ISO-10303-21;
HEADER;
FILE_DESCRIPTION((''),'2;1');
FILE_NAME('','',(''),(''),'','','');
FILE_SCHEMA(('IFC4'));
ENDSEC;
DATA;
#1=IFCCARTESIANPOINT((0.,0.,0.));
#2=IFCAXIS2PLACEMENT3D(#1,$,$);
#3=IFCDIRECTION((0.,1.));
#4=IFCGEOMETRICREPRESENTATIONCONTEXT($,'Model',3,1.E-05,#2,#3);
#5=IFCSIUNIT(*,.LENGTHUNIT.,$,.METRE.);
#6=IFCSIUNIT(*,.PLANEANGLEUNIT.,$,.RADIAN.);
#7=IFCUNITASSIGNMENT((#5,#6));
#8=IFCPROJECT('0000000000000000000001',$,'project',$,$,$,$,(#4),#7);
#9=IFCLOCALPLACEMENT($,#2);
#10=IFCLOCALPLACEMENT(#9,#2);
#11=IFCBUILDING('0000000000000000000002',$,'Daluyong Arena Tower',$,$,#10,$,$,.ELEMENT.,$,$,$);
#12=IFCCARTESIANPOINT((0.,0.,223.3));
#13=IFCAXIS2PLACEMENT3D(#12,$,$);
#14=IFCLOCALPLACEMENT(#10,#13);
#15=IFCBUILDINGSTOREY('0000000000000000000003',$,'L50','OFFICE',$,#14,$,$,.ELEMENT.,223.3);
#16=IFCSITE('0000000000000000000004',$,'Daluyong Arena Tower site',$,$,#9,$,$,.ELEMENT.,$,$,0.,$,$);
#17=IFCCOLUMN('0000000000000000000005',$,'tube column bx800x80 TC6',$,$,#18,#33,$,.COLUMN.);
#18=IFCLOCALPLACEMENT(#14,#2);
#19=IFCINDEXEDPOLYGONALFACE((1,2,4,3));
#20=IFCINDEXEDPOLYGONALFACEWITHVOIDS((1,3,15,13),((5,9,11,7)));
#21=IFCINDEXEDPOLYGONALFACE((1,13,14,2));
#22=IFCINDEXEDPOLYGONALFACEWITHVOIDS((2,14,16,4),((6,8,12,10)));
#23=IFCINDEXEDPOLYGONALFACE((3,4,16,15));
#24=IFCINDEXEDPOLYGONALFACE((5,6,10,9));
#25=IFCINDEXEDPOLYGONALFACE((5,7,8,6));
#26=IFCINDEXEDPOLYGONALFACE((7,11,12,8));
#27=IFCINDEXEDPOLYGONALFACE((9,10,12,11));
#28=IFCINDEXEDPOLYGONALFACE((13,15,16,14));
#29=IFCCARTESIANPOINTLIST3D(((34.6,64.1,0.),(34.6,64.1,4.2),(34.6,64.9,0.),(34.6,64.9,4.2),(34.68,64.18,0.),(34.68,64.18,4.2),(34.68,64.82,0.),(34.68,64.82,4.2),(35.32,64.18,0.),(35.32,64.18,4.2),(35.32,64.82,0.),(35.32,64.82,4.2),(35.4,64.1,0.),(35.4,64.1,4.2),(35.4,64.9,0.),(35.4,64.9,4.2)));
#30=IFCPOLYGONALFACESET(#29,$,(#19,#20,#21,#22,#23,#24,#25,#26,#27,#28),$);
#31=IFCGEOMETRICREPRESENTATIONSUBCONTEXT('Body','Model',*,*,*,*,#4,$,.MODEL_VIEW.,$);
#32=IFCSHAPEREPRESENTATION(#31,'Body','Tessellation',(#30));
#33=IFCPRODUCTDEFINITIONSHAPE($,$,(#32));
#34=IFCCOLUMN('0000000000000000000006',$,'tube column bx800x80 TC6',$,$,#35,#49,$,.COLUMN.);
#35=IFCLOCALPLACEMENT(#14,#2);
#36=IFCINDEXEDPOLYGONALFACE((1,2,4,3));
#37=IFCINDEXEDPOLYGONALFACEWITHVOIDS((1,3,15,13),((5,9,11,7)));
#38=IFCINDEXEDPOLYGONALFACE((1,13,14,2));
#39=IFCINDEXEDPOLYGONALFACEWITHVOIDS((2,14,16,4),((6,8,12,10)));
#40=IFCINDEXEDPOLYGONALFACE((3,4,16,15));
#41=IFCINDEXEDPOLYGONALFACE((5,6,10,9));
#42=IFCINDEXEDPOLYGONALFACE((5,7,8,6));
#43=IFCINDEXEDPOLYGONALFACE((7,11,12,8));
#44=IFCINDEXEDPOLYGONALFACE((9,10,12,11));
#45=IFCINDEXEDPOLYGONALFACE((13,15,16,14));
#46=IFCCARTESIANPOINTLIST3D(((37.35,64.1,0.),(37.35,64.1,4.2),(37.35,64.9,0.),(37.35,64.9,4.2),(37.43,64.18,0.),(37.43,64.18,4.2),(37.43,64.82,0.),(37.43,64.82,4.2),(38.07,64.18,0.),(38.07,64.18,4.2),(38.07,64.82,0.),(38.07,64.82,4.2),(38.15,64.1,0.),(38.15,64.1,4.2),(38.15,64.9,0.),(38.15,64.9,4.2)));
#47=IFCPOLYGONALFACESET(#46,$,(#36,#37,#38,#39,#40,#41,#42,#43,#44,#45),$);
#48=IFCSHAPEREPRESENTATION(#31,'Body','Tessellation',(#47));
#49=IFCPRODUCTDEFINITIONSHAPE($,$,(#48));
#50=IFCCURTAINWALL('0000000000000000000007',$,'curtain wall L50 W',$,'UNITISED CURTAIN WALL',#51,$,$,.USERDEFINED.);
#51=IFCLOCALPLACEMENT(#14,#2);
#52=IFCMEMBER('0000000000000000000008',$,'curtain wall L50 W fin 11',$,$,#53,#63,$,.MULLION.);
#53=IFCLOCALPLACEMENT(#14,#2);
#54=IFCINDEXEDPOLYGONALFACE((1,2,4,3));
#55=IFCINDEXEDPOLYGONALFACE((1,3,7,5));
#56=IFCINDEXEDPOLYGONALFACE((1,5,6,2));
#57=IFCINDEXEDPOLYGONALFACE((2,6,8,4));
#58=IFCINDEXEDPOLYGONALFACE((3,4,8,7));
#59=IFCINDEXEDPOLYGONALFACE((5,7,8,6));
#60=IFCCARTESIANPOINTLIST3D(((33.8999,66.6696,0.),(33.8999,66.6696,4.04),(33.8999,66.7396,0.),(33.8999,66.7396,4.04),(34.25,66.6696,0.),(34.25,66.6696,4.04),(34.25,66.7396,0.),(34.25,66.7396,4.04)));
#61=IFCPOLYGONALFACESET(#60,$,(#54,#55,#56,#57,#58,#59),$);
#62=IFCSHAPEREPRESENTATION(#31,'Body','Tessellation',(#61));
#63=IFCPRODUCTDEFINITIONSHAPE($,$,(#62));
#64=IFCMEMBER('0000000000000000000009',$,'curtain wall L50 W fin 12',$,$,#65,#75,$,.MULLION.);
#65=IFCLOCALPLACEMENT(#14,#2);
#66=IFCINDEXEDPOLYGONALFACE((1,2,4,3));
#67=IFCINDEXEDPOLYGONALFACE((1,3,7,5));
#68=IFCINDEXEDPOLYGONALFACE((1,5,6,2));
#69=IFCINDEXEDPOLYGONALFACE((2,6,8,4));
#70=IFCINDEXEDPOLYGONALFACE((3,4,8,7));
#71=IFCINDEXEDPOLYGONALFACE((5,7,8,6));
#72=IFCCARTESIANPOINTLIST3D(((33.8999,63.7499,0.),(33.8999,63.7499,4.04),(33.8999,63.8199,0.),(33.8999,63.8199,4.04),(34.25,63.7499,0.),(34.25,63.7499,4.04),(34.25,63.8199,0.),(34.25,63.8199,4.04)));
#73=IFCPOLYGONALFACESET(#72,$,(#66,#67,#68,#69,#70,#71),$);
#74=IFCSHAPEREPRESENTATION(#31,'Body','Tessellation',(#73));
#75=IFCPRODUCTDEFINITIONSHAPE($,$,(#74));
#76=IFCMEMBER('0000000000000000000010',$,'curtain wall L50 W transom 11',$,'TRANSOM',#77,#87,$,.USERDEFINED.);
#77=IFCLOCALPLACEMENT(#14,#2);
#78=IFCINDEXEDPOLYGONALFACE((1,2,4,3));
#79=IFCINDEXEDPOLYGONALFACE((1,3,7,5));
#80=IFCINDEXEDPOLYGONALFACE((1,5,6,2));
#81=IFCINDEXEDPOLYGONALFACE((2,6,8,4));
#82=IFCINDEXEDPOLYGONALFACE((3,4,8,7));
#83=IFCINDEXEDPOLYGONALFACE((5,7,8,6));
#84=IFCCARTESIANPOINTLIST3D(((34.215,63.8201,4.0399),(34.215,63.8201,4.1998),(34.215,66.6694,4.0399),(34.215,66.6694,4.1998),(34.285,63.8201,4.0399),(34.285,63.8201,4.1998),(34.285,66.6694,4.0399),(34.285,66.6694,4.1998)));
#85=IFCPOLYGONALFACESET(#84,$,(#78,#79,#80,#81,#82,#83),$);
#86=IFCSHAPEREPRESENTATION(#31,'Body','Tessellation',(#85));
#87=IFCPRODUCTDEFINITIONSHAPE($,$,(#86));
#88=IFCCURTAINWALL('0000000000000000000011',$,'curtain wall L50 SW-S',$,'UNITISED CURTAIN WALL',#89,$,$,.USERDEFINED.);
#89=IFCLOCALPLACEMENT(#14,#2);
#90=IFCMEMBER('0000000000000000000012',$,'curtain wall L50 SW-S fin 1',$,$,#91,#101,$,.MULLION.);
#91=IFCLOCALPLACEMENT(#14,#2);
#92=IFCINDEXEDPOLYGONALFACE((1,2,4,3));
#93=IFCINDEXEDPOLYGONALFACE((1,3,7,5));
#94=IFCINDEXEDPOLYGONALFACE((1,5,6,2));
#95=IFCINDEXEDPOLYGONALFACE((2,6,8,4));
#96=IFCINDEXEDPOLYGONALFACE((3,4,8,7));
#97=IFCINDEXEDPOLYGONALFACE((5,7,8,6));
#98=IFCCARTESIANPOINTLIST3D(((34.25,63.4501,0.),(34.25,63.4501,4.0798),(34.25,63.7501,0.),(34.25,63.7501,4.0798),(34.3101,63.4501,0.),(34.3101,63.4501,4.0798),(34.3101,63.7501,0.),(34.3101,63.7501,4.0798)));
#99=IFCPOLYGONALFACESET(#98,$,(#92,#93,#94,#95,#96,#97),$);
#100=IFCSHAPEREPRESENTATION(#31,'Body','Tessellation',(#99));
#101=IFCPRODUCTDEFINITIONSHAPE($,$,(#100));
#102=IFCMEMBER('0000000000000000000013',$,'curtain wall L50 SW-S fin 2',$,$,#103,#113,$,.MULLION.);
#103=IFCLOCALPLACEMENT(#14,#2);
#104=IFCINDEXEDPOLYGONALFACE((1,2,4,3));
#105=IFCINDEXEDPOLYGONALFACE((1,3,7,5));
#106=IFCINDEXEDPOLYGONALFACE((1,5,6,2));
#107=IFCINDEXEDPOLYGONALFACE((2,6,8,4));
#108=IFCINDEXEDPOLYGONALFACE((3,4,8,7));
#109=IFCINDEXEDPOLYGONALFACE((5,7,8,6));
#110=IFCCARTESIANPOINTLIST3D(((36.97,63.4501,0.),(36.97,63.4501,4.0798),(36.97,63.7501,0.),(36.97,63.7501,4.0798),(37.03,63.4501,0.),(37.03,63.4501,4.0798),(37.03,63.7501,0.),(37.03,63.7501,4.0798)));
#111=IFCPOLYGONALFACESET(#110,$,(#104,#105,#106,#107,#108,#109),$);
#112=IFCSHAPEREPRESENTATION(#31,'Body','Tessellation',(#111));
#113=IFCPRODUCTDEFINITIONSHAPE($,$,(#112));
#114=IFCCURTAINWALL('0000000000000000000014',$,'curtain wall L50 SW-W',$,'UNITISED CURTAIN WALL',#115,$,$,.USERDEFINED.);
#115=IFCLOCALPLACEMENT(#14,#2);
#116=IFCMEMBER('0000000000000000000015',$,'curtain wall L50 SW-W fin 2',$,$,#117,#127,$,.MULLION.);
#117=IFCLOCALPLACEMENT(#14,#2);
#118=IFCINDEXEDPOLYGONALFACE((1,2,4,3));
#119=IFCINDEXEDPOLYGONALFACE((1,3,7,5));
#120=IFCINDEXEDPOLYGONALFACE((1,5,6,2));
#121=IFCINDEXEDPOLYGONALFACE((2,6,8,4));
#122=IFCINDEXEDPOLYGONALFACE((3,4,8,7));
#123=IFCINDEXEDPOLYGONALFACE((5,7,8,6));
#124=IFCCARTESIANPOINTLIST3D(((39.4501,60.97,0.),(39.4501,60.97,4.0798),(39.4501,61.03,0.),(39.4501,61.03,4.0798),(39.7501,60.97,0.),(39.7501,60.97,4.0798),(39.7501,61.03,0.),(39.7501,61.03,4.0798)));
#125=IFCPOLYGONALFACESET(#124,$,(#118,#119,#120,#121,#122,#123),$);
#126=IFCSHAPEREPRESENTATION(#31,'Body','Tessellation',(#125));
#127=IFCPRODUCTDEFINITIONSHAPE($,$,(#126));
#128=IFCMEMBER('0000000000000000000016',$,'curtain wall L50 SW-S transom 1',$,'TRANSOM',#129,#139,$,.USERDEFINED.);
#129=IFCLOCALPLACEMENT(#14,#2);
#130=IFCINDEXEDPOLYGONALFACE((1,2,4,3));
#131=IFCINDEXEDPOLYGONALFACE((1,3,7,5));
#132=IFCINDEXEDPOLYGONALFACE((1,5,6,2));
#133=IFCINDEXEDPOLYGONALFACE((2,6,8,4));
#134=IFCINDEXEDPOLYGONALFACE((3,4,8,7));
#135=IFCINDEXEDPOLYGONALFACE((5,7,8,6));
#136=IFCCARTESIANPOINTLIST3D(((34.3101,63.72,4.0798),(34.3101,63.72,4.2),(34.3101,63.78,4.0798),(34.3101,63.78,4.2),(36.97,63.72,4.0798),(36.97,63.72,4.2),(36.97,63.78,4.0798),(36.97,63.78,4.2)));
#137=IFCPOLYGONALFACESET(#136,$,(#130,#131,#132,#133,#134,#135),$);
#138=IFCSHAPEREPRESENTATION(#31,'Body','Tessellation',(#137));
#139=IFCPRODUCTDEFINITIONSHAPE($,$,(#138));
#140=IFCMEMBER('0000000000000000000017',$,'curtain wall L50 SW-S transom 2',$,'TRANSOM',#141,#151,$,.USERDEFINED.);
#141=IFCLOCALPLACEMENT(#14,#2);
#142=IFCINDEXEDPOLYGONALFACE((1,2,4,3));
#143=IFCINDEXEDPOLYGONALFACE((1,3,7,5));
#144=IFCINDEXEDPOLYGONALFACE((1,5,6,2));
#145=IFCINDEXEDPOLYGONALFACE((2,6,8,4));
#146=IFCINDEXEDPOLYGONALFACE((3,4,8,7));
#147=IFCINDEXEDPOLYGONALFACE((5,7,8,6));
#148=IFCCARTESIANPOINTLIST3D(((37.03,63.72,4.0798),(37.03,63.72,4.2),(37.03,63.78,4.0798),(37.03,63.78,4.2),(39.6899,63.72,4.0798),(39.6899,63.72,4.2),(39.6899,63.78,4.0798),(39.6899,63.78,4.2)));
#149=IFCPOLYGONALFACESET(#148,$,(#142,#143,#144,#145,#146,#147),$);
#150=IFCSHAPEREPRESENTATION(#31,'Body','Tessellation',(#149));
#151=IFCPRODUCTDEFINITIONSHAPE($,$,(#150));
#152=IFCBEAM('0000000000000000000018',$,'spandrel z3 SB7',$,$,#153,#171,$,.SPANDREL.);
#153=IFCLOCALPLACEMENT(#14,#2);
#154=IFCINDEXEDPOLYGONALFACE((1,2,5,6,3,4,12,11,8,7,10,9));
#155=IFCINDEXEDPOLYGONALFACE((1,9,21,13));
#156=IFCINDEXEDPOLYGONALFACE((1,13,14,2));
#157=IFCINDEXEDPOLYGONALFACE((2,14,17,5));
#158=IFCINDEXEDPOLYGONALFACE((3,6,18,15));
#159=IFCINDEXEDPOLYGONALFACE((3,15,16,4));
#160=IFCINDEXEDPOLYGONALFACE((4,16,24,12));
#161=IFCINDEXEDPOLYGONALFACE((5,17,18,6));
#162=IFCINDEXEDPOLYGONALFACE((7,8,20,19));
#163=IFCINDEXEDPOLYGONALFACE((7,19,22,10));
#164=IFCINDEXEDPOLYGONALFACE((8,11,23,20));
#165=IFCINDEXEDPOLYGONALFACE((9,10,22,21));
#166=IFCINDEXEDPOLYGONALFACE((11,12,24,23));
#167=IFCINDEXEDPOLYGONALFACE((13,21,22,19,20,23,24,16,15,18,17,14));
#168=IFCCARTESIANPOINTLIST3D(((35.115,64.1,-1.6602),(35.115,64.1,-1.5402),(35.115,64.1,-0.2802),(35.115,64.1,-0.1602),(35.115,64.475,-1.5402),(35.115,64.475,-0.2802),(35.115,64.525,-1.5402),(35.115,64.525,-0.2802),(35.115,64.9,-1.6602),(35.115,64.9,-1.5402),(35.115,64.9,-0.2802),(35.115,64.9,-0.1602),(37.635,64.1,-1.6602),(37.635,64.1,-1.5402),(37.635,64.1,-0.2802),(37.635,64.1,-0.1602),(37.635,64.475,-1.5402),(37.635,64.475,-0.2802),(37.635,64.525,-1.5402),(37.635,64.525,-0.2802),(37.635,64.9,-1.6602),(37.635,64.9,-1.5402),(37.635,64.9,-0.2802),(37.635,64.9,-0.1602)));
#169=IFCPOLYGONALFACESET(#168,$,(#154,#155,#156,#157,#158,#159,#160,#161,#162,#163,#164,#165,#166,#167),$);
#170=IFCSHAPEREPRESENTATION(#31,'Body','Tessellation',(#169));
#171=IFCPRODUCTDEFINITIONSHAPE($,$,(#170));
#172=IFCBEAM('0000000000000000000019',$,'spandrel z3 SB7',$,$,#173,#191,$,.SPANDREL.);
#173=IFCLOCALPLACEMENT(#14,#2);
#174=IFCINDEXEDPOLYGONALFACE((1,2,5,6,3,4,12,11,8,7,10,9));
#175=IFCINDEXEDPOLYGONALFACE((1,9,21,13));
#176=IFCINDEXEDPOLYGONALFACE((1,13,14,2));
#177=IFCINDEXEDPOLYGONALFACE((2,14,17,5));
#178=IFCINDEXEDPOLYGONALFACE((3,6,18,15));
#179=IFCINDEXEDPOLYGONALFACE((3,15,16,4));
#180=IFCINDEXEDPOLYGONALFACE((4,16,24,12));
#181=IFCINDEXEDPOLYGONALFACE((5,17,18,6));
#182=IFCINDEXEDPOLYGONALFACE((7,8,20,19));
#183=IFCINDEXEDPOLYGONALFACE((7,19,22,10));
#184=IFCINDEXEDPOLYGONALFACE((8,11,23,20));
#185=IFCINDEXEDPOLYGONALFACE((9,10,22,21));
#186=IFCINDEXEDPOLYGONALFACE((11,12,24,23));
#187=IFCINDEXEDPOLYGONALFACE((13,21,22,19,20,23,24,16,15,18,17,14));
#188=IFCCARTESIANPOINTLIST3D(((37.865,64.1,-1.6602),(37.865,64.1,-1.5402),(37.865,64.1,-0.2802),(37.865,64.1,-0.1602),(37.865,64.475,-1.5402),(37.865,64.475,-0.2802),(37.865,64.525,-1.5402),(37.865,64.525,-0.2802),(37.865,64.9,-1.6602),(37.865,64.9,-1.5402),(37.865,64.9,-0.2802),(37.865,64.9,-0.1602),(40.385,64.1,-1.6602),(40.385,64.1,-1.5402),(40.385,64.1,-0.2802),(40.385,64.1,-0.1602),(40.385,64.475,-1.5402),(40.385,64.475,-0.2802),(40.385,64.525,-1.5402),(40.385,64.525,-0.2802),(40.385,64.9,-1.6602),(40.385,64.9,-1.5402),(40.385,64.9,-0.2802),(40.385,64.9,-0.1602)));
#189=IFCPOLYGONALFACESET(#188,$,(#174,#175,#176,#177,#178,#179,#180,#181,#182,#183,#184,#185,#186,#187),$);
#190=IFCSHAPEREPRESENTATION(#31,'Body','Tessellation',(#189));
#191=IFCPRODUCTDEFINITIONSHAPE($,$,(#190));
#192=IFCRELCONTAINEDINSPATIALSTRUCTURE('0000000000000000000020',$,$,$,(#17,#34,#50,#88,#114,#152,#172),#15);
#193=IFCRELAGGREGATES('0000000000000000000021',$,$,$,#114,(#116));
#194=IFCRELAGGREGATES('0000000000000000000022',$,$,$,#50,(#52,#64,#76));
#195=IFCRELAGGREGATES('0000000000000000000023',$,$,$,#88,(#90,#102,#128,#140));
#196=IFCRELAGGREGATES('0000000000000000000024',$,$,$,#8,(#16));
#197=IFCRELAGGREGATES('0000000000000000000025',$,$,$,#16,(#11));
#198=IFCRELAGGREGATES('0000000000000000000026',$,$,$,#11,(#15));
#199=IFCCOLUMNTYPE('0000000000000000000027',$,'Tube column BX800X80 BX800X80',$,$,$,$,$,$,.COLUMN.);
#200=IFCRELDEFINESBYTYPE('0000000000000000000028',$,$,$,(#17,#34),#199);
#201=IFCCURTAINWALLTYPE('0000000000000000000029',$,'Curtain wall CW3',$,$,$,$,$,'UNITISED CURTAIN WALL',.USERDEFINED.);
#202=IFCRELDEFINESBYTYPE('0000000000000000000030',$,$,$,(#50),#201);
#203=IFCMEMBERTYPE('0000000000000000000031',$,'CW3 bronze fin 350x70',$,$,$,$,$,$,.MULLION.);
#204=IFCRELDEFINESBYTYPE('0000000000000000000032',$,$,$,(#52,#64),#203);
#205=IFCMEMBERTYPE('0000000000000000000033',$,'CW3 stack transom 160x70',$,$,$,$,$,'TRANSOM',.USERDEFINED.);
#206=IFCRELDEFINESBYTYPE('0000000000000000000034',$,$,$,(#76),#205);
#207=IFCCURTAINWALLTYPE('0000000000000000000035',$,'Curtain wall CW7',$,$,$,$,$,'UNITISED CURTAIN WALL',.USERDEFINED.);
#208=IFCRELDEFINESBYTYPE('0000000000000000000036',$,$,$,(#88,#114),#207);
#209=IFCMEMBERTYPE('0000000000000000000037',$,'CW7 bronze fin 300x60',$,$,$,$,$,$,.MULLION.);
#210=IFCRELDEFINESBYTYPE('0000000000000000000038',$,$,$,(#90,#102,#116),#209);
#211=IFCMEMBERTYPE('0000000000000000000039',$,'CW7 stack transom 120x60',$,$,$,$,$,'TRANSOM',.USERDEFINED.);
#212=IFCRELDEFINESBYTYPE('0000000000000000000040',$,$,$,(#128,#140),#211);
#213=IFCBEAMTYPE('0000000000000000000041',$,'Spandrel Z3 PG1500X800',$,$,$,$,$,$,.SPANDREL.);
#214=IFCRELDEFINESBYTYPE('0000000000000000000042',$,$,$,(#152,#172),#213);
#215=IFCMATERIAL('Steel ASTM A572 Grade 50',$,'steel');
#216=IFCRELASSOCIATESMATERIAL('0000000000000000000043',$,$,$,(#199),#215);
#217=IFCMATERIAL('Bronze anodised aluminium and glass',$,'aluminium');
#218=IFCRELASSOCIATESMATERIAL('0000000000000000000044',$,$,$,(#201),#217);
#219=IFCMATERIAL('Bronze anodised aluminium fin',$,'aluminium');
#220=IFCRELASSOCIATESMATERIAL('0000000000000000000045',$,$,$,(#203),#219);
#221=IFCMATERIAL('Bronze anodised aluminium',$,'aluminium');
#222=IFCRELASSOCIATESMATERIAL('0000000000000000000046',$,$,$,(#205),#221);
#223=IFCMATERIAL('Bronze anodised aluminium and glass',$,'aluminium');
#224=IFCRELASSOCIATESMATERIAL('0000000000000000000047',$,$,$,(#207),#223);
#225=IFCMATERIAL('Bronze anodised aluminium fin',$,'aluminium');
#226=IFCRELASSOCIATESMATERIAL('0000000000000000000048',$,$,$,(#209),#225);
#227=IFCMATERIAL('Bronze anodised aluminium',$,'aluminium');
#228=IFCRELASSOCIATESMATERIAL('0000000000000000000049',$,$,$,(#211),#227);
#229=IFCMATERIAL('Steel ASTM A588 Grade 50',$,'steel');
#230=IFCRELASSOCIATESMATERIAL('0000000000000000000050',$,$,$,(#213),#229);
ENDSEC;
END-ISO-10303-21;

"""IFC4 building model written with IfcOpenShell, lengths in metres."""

from ifc_helpers import new_model, si_unit, direction, frame, origin, origin_2d, place, context, subcontext, project, spatial, rectangle, hollow_rectangle, i_section, extrude, material, material_profile, profile_set, type_object, element, aggregate, save


model = new_model("IFC4")

# Units and contexts
model_context = context("Model", 3, precision=1e-05, world=origin(), true_north=direction((0.0, 1.0)))
body_context = subcontext(model_context, "Body", "Model", "MODEL_VIEW")
ifc_project = project(units=[si_unit("LENGTHUNIT", "METRE"), si_unit("PLANEANGLEUNIT", "RADIAN")], contexts=[model_context])

# Site, building, storey
site_placement = place(None, origin())
site = spatial("IfcSite", under=ifc_project, at=site_placement, Name="Daluyong Arena Tower site", CompositionType="ELEMENT", RefElevation=0.0)
building_placement = place(site_placement, origin())
building = spatial("IfcBuilding", under=site, at=building_placement, Name="Daluyong Arena Tower", CompositionType="ELEMENT")
storey_placement = place(building_placement, frame((0.0, 0.0, 223.3)))
storey = spatial("IfcBuildingStorey", under=building, at=storey_placement, Name="L50", Description="OFFICE", CompositionType="ELEMENT", Elevation=223.3)

# Columns
ifc_material_1 = material(Name="Steel ASTM A572 Grade 50", Category="steel")
ifc_material_profile_1 = material_profile(ifc_material_1, hollow_rectangle(XDim=0.8, YDim=0.8, WallThickness=0.08, at=origin_2d()))
ifc_profile_set_1 = profile_set([ifc_material_profile_1], Name="Steel ASTM A572 Grade 50")
column_type = type_object("IfcColumnType", Name="Tube column BX800X80 BX800X80", PredefinedType="COLUMN", material=ifc_profile_set_1)
for number, where, z_axis, x_axis, name in (
    (1, (35.0, 64.5, 0.0), (0.0, 0.0, 1.0), (1.0, 0.0, 0.0), "tube column bx800x80 TC6"),
    (2, (37.75, 64.5, 0.0), (0.0, 0.0, 1.0), (1.0, 0.0, 0.0), "tube column bx800x80 TC6"),
):
    element("IfcColumn", number, at=place(storey_placement, frame(where, z_axis=z_axis, x_axis=x_axis)), inside=storey, type_object=column_type, Name=name, PredefinedType="COLUMN", context=body_context, shape_type="SweptSolid", body=[
        extrude(hollow_rectangle(XDim=0.8, YDim=0.8, WallThickness=0.08, at=origin_2d()), origin(), (0.0, 0.0, 1.0), 4.2),
    ])

# Curtain walls, members
ifc_material_2 = material(Name="Bronze anodised aluminium and glass", Category="aluminium")
curtain_wall_type_1 = type_object("IfcCurtainWallType", Name="Curtain wall CW3", ElementType="UNITISED CURTAIN WALL", PredefinedType="USERDEFINED", material=ifc_material_2)
curtain_wall_1_placement = place(storey_placement, origin())
curtain_wall_1 = element("IfcCurtainWall", 3, at=curtain_wall_1_placement, inside=storey, type_object=curtain_wall_type_1, Name="curtain wall L50 W", ObjectType="UNITISED CURTAIN WALL", PredefinedType="USERDEFINED")
ifc_material_3 = material(Name="Bronze anodised aluminium fin", Category="aluminium")
ifc_material_profile_2 = material_profile(ifc_material_3, rectangle(XDim=0.3501, YDim=0.0701, at=origin_2d()))
ifc_profile_set_2 = profile_set([ifc_material_profile_2], Name="Bronze anodised aluminium fin")
member_type_1 = type_object("IfcMemberType", Name="CW3 bronze fin 350x70", PredefinedType="MULLION", material=ifc_profile_set_2)
member_1_placement = place(storey_placement, frame((34.075, 66.7046, 0.0), z_axis=(0.0, 0.0, 1.0), x_axis=(1.0, 0.0, 0.0)))
member_1 = element("IfcMember", 4, at=member_1_placement, type_object=member_type_1, Name="curtain wall L50 W fin 11", PredefinedType="MULLION", context=body_context, shape_type="SweptSolid", body=[
    extrude(rectangle(XDim=0.3501, YDim=0.0701, at=origin_2d()), origin(), (0.0, 0.0, 1.0), 4.04),
])
member_2_placement = place(storey_placement, frame((34.075, 63.7849, 0.0), z_axis=(0.0, 0.0, 1.0), x_axis=(1.0, 0.0, 0.0)))
member_2 = element("IfcMember", 5, at=member_2_placement, type_object=member_type_1, Name="curtain wall L50 W fin 12", PredefinedType="MULLION", context=body_context, shape_type="SweptSolid", body=[
    extrude(rectangle(XDim=0.3501, YDim=0.0701, at=origin_2d()), origin(), (0.0, 0.0, 1.0), 4.04),
])
ifc_material_4 = material(Name="Bronze anodised aluminium", Category="aluminium")
ifc_material_profile_3 = material_profile(ifc_material_4, rectangle(XDim=0.0701, YDim=0.1599, at=origin_2d()))
ifc_profile_set_3 = profile_set([ifc_material_profile_3], Name="Bronze anodised aluminium")
member_type_2 = type_object("IfcMemberType", Name="CW3 stack transom 160x70", ElementType="TRANSOM", PredefinedType="USERDEFINED", material=ifc_profile_set_3)
member_3_placement = place(storey_placement, frame((34.25, 66.6694, 4.1199), z_axis=(0.0, -1.0, 0.0), x_axis=(1.0, 0.0, 0.0)))
member_3 = element("IfcMember", 6, at=member_3_placement, type_object=member_type_2, Name="curtain wall L50 W transom 11", ObjectType="TRANSOM", PredefinedType="USERDEFINED", context=body_context, shape_type="SweptSolid", body=[
    extrude(rectangle(XDim=0.0701, YDim=0.1599, at=origin_2d()), origin(), (0.0, 0.0, 1.0), 2.8494),
])
ifc_material_5 = material(Name="Bronze anodised aluminium and glass", Category="aluminium")
curtain_wall_type_2 = type_object("IfcCurtainWallType", Name="Curtain wall CW7", ElementType="UNITISED CURTAIN WALL", PredefinedType="USERDEFINED", material=ifc_material_5)
curtain_wall_2_placement = place(storey_placement, origin())
curtain_wall_2 = element("IfcCurtainWall", 7, at=curtain_wall_2_placement, inside=storey, type_object=curtain_wall_type_2, Name="curtain wall L50 SW-S", ObjectType="UNITISED CURTAIN WALL", PredefinedType="USERDEFINED")
ifc_material_6 = material(Name="Bronze anodised aluminium fin", Category="aluminium")
ifc_material_profile_4 = material_profile(ifc_material_6, rectangle(XDim=0.3, YDim=0.0601, at=origin_2d()))
ifc_profile_set_4 = profile_set([ifc_material_profile_4], Name="Bronze anodised aluminium fin")
member_type_3 = type_object("IfcMemberType", Name="CW7 bronze fin 300x60", PredefinedType="MULLION", material=ifc_profile_set_4)
member_4_placement = place(storey_placement, frame((34.28, 63.6001, 0.0), z_axis=(0.0, 0.0, 1.0), x_axis=(0.0, 1.0, 0.0)))
member_4 = element("IfcMember", 8, at=member_4_placement, type_object=member_type_3, Name="curtain wall L50 SW-S fin 1", PredefinedType="MULLION", context=body_context, shape_type="SweptSolid", body=[
    extrude(rectangle(XDim=0.3, YDim=0.0601, at=origin_2d()), origin(), (0.0, 0.0, 1.0), 4.0798),
])
member_5_placement = place(storey_placement, frame((37.0, 63.6001, 0.0), z_axis=(0.0, 0.0, 1.0), x_axis=(0.0, 1.0, 0.0)))
member_5 = element("IfcMember", 9, at=member_5_placement, type_object=member_type_3, Name="curtain wall L50 SW-S fin 2", PredefinedType="MULLION", context=body_context, shape_type="SweptSolid", body=[
    extrude(rectangle(XDim=0.3, YDim=0.0601, at=origin_2d()), origin(), (0.0, 0.0, 1.0), 4.0798),
])

# Curtain wall, member
curtain_wall_3_placement = place(storey_placement, origin())
curtain_wall_3 = element("IfcCurtainWall", 10, at=curtain_wall_3_placement, inside=storey, type_object=curtain_wall_type_2, Name="curtain wall L50 SW-W", ObjectType="UNITISED CURTAIN WALL", PredefinedType="USERDEFINED")
member_6_placement = place(storey_placement, frame((39.6001, 61.0, 0.0), z_axis=(0.0, 0.0, 1.0), x_axis=(1.0, 0.0, 0.0)))
member_6 = element("IfcMember", 11, at=member_6_placement, type_object=member_type_3, Name="curtain wall L50 SW-W fin 2", PredefinedType="MULLION", context=body_context, shape_type="SweptSolid", body=[
    extrude(rectangle(XDim=0.3, YDim=0.0601, at=origin_2d()), origin(), (0.0, 0.0, 1.0), 4.0798),
])
aggregate(curtain_wall_3, [member_6])

# Members
ifc_material_7 = material(Name="Bronze anodised aluminium", Category="aluminium")
ifc_material_profile_5 = material_profile(ifc_material_7, rectangle(XDim=0.0601, YDim=0.1201, at=origin_2d()))
ifc_profile_set_5 = profile_set([ifc_material_profile_5], Name="Bronze anodised aluminium")
member_type_4 = type_object("IfcMemberType", Name="CW7 stack transom 120x60", ElementType="TRANSOM", PredefinedType="USERDEFINED", material=ifc_profile_set_5)
member_7_placement = place(storey_placement, frame((34.3101, 63.75, 4.1399), z_axis=(1.0, 0.0, 0.0), x_axis=(0.0, 1.0, 0.0)))
member_7 = element("IfcMember", 12, at=member_7_placement, type_object=member_type_4, Name="curtain wall L50 SW-S transom 1", ObjectType="TRANSOM", PredefinedType="USERDEFINED", context=body_context, shape_type="SweptSolid", body=[
    extrude(rectangle(XDim=0.0601, YDim=0.1201, at=origin_2d()), origin(), (0.0, 0.0, 1.0), 2.6599),
])
member_8_placement = place(storey_placement, frame((37.03, 63.75, 4.1399), z_axis=(1.0, 0.0, 0.0), x_axis=(0.0, 1.0, 0.0)))
member_8 = element("IfcMember", 13, at=member_8_placement, type_object=member_type_4, Name="curtain wall L50 SW-S transom 2", ObjectType="TRANSOM", PredefinedType="USERDEFINED", context=body_context, shape_type="SweptSolid", body=[
    extrude(rectangle(XDim=0.0601, YDim=0.1201, at=origin_2d()), origin(), (0.0, 0.0, 1.0), 2.6599),
])

# Beams
ifc_material_8 = material(Name="Steel ASTM A588 Grade 50", Category="steel")
ifc_material_profile_6 = material_profile(ifc_material_8, i_section(OverallWidth=0.8, OverallDepth=1.5, WebThickness=0.05, FlangeThickness=0.12, at=origin_2d()))
ifc_profile_set_6 = profile_set([ifc_material_profile_6], Name="Steel ASTM A588 Grade 50")
beam_type = type_object("IfcBeamType", Name="Spandrel Z3 PG1500X800", PredefinedType="SPANDREL", material=ifc_profile_set_6)
for number, where, z_axis, x_axis, name in (
    (14, (35.115, 64.5, -0.9102), (1.0, 0.0, 0.0), (0.0, 1.0, 0.0), "spandrel z3 SB7"),
    (15, (37.865, 64.5, -0.9102), (1.0, 0.0, 0.0), (0.0, 1.0, 0.0), "spandrel z3 SB7"),
):
    element("IfcBeam", number, at=place(storey_placement, frame(where, z_axis=z_axis, x_axis=x_axis)), inside=storey, type_object=beam_type, Name=name, PredefinedType="SPANDREL", context=body_context, shape_type="SweptSolid", body=[
        extrude(i_section(OverallWidth=0.8, OverallDepth=1.5, WebThickness=0.05, FlangeThickness=0.12, at=origin_2d()), origin(), (0.0, 0.0, 1.0), 2.52),
    ])

aggregate(curtain_wall_1, [member_1, member_2, member_3])
aggregate(curtain_wall_2, [member_4, member_5, member_7, member_8])

save(model, "model.ifc")
